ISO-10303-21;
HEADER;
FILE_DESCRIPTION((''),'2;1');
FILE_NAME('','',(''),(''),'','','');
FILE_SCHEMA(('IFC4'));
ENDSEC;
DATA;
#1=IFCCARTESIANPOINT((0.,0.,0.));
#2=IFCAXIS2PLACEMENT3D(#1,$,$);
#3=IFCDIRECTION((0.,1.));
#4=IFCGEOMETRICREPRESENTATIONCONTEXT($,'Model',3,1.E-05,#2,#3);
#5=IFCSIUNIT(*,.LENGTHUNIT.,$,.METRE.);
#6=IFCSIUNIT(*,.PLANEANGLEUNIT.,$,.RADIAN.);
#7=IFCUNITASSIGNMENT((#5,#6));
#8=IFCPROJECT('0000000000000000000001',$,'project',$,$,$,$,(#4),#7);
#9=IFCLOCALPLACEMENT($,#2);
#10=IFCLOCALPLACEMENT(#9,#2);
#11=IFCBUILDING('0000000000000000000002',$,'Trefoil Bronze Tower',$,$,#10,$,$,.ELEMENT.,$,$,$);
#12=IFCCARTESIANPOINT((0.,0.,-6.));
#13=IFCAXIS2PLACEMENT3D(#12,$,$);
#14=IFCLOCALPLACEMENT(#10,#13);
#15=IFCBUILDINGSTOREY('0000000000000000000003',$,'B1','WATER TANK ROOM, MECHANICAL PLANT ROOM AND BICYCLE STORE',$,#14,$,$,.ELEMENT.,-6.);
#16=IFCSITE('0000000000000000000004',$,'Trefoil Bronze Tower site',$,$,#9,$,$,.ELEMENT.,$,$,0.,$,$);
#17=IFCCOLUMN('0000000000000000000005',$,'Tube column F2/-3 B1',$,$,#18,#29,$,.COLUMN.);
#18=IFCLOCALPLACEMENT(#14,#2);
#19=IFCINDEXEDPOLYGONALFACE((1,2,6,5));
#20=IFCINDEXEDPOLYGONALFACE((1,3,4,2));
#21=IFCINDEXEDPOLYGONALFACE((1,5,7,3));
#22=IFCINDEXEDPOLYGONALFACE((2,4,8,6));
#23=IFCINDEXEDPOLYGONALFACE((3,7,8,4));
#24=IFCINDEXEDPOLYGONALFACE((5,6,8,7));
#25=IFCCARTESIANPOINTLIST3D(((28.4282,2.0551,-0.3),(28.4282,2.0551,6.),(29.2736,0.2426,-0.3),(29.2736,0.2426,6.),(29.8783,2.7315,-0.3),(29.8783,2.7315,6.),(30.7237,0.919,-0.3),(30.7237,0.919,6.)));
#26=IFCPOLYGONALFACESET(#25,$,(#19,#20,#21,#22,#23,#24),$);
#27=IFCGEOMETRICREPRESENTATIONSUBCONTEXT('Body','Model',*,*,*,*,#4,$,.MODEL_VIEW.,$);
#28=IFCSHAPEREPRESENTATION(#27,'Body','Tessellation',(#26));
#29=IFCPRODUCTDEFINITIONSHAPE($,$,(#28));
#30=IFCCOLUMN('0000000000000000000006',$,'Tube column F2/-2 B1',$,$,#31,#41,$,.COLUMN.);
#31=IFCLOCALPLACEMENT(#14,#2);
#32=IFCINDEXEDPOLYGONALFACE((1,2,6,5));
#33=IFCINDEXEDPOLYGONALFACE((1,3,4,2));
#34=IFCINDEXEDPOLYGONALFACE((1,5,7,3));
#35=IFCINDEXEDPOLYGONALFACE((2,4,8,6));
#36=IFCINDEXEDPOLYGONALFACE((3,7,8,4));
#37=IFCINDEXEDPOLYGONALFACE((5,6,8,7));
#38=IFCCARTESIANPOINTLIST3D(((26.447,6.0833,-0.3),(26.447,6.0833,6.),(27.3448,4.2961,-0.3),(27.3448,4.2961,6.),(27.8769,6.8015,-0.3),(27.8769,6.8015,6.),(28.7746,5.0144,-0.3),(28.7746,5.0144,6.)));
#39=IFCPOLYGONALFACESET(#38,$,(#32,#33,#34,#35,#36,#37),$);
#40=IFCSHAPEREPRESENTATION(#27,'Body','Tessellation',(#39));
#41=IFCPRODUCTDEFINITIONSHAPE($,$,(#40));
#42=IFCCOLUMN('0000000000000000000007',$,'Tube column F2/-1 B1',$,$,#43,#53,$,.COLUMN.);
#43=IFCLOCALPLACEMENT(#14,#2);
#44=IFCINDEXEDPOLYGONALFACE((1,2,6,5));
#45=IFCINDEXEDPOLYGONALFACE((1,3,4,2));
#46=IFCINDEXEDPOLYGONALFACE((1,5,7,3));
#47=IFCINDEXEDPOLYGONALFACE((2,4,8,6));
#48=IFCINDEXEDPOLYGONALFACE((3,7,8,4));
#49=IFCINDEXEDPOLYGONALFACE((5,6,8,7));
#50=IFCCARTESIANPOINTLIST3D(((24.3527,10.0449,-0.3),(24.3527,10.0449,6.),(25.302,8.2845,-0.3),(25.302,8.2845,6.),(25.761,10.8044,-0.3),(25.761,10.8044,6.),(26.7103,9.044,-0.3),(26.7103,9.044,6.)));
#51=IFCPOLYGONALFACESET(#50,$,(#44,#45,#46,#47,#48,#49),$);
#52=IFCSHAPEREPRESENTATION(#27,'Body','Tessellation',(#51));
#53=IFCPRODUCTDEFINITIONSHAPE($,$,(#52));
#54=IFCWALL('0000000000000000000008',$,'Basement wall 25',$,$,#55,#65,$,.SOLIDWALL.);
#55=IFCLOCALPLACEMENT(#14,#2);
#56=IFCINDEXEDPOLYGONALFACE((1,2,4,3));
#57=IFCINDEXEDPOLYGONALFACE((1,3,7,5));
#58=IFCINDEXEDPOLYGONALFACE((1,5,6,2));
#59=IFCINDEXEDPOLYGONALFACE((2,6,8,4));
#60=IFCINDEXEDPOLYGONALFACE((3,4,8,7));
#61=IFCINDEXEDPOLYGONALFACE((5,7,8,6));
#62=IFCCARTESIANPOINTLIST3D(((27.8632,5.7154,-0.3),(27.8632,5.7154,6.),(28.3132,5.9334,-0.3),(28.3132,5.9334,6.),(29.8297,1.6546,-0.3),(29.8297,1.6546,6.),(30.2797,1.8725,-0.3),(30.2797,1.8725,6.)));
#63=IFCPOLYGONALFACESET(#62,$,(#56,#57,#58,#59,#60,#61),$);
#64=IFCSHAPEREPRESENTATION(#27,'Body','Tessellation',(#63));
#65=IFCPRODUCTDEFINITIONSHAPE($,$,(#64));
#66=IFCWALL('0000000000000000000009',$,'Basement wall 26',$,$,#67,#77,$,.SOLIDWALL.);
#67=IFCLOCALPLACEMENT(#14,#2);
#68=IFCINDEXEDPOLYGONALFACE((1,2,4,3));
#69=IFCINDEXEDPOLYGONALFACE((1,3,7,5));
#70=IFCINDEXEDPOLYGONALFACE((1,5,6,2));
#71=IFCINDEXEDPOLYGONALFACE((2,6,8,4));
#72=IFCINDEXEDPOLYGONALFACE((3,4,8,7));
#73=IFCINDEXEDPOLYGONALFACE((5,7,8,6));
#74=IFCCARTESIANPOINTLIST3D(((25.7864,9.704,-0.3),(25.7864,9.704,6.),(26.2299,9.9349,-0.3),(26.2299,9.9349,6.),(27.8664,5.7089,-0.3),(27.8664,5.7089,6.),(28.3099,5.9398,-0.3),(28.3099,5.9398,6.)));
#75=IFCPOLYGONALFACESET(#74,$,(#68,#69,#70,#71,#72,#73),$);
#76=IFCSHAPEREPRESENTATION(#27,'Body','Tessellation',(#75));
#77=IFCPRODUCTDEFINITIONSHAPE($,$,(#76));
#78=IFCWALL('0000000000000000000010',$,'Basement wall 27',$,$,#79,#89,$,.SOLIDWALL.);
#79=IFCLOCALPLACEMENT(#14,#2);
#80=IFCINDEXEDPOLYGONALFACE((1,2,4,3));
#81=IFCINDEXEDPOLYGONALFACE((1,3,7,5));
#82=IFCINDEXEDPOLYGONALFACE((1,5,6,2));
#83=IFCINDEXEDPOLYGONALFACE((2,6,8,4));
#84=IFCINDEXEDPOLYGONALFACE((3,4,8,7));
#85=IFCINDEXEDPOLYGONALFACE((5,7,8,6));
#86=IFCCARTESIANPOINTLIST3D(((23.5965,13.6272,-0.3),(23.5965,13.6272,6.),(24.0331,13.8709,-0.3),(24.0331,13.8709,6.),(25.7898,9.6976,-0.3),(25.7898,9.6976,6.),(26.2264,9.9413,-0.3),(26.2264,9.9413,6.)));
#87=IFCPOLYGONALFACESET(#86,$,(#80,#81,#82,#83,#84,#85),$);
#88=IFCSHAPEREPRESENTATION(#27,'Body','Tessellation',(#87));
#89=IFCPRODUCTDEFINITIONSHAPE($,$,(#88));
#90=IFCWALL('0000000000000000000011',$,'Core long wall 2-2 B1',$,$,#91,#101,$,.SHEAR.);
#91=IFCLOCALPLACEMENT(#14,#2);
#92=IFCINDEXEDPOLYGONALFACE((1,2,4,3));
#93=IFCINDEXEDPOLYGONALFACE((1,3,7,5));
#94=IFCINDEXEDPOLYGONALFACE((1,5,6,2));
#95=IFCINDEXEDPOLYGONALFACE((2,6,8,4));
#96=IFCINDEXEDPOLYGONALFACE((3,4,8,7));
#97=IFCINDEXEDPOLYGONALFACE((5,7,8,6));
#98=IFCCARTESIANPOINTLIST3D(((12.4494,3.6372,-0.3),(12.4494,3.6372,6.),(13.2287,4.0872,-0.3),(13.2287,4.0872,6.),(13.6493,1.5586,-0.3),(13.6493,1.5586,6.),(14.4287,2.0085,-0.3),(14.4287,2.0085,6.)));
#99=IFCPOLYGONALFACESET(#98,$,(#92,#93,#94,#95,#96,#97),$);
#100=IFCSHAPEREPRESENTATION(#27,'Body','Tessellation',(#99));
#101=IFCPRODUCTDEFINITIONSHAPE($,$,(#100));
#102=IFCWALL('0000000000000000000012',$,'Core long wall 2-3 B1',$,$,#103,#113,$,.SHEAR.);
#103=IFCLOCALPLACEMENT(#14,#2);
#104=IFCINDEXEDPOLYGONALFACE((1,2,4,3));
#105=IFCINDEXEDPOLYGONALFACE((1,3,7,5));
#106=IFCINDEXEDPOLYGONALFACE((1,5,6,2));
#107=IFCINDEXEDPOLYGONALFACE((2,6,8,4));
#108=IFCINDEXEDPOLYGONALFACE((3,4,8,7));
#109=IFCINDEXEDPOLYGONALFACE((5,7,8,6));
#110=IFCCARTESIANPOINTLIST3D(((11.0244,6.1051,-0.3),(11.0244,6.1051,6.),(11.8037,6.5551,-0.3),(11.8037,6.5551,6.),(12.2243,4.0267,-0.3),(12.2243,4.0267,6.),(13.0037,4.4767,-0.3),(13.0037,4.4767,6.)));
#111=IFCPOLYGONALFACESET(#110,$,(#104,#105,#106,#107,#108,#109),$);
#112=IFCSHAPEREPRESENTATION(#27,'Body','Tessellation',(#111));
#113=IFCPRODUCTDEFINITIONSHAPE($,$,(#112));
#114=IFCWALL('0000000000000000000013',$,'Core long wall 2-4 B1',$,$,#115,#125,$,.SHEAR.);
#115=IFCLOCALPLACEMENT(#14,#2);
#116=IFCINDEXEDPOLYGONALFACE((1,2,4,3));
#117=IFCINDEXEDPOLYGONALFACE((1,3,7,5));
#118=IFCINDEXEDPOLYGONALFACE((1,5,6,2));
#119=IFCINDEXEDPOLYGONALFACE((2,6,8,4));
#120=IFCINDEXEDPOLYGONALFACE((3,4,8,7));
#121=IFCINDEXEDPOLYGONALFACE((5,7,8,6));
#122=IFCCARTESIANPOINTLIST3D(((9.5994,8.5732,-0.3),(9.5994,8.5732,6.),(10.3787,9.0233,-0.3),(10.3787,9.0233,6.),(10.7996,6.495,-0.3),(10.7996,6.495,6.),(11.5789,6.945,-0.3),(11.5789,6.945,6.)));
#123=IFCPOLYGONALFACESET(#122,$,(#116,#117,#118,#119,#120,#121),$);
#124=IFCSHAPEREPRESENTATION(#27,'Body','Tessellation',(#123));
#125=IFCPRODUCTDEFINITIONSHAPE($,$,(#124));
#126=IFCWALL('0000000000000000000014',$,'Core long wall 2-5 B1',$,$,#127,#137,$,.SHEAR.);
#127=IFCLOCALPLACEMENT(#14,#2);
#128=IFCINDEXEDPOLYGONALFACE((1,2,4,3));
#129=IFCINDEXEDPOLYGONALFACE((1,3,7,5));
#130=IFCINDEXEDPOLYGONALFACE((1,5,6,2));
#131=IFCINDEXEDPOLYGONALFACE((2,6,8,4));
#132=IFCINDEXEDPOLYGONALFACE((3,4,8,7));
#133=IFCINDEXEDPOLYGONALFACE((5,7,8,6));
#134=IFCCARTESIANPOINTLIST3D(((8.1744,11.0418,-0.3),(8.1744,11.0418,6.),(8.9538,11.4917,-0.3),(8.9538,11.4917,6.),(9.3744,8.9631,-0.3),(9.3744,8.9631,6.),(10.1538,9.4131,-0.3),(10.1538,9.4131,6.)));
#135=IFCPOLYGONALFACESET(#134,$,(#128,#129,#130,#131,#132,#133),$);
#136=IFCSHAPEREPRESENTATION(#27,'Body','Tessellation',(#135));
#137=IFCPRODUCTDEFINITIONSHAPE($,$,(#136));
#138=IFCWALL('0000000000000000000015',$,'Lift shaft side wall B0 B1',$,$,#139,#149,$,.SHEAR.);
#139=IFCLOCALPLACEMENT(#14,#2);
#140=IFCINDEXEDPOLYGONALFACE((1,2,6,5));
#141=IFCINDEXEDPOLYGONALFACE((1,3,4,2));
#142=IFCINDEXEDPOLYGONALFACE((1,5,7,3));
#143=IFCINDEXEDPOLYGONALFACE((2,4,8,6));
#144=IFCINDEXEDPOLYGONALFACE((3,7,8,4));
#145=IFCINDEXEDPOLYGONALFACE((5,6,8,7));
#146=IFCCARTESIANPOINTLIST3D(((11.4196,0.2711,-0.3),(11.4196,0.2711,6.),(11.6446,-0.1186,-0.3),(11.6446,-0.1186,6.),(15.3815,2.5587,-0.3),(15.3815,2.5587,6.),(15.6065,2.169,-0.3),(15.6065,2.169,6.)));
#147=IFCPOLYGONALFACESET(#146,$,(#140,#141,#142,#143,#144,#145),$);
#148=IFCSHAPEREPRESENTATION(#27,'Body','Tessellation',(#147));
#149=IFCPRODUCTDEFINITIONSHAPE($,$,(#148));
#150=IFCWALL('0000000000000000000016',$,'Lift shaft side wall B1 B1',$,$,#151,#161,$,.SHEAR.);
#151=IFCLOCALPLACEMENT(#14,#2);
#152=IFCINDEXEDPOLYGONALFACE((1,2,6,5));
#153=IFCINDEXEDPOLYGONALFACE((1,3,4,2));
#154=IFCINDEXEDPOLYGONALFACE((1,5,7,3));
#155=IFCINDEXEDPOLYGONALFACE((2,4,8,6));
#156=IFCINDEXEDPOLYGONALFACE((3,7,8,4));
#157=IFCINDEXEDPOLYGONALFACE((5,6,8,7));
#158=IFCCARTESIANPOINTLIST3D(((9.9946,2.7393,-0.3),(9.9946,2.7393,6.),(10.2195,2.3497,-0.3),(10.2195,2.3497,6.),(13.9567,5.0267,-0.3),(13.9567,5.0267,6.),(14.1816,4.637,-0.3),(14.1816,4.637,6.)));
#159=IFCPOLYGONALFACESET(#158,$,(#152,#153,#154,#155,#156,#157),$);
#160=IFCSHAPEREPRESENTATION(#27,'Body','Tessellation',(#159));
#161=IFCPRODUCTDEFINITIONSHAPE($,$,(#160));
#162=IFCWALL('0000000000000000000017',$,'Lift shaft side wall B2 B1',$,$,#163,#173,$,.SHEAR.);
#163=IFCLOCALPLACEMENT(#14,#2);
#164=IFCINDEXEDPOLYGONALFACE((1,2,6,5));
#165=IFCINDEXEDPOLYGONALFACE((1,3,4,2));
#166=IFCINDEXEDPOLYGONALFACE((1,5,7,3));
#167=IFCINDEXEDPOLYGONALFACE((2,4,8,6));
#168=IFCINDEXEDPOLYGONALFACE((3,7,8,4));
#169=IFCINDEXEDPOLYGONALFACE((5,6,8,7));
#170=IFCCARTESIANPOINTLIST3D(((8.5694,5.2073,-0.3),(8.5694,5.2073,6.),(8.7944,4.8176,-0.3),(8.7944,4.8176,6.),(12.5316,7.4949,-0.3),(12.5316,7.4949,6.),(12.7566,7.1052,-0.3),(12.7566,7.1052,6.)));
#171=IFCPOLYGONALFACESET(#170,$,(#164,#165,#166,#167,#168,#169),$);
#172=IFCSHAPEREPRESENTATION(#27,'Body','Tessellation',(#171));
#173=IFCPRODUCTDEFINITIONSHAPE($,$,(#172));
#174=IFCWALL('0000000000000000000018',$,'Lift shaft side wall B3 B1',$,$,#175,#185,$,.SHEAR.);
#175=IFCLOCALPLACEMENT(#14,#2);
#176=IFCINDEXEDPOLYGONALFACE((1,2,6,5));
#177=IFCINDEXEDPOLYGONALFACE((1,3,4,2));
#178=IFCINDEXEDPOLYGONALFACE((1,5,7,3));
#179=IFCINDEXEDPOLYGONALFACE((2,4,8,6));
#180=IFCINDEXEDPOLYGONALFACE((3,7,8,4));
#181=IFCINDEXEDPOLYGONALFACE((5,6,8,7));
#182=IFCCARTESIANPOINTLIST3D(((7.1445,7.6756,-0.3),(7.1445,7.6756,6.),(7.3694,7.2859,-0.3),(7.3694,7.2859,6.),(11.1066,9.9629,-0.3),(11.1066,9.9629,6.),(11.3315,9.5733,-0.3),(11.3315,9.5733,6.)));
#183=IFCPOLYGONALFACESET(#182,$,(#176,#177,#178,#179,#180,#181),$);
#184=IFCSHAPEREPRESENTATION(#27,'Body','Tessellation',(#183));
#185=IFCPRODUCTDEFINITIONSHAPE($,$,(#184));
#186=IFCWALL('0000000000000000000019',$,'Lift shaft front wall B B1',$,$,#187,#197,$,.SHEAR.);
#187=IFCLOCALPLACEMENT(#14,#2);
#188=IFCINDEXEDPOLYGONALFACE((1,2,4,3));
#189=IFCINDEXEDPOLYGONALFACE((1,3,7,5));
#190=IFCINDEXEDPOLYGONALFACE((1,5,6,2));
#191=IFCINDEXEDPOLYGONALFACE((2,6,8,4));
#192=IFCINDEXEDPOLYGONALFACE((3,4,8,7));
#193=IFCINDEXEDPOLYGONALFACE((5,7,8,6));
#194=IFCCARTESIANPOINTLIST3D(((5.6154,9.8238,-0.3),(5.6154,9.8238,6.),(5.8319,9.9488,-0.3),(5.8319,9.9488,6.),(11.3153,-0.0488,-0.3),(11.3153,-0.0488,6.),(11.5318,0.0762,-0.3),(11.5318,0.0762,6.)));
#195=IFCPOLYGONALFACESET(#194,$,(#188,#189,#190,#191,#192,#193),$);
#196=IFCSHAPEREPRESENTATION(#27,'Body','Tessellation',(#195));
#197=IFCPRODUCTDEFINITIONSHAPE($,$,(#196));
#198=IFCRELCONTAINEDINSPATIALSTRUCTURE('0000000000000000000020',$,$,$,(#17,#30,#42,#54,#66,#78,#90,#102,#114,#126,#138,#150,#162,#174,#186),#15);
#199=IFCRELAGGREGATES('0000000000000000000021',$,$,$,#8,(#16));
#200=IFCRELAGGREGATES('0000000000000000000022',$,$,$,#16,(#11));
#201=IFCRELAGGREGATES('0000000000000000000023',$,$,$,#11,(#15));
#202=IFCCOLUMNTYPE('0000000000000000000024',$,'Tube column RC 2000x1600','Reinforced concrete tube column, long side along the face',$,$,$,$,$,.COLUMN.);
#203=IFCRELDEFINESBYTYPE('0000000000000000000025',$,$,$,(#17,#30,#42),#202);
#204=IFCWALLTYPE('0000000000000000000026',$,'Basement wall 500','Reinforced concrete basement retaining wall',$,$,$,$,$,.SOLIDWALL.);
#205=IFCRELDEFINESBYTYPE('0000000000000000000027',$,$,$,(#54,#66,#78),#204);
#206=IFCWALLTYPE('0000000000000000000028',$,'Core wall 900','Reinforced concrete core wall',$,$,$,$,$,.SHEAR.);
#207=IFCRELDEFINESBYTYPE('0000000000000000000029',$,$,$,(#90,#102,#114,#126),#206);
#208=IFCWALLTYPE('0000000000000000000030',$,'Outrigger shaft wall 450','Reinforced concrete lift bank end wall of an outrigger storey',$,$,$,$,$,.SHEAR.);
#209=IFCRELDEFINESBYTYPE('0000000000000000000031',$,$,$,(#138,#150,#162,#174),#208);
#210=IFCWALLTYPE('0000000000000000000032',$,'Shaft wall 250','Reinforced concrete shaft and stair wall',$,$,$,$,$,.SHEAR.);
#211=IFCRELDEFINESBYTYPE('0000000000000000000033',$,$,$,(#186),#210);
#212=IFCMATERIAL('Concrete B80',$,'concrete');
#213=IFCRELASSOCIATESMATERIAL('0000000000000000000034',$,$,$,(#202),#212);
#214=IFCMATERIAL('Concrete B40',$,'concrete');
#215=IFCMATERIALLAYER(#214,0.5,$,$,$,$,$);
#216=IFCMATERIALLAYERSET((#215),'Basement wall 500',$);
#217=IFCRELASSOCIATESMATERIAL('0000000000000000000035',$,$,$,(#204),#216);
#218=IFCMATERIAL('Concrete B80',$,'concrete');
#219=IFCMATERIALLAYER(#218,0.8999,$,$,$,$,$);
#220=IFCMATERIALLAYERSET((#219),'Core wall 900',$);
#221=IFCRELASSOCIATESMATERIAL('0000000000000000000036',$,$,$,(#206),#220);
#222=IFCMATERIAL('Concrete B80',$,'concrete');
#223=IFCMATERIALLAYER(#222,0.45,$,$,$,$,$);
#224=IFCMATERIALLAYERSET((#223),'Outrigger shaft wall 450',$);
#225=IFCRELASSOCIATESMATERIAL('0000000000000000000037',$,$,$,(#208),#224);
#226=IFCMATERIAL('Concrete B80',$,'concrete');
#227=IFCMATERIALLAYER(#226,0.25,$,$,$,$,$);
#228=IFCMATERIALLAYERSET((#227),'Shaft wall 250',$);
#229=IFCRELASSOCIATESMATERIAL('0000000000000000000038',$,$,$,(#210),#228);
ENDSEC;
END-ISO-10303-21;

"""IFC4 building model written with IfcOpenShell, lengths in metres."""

from ifc_helpers import new_model, si_unit, direction, frame, frame_2d, origin, origin_2d, place, context, subcontext, project, spatial, rectangle, extrude, material, layer, layer_set, material_profile, profile_set, type_object, element, save


model = new_model("IFC4")

# Units and contexts
model_context = context("Model", 3, precision=1e-05, world=origin(), true_north=direction((0.0, 1.0)))
body_context = subcontext(model_context, "Body", "Model", "MODEL_VIEW")
ifc_project = project(units=[si_unit("LENGTHUNIT", "METRE"), si_unit("PLANEANGLEUNIT", "RADIAN")], contexts=[model_context])

# Site, building, storey
site_placement = place(None, origin())
site = spatial("IfcSite", under=ifc_project, at=site_placement, Name="Trefoil Bronze Tower site", CompositionType="ELEMENT", RefElevation=0.0)
building_placement = place(site_placement, origin())
building = spatial("IfcBuilding", under=site, at=building_placement, Name="Trefoil Bronze Tower", CompositionType="ELEMENT")
storey_placement = place(building_placement, frame((0.0, 0.0, -6.0)))
storey = spatial("IfcBuildingStorey", under=building, at=storey_placement, Name="B1", Description="WATER TANK ROOM, MECHANICAL PLANT ROOM AND BICYCLE STORE", CompositionType="ELEMENT", Elevation=-6.0)

# Columns
ifc_material_1 = material(Name="Concrete B80", Category="concrete")
ifc_material_profile = material_profile(ifc_material_1, rectangle(XDim=2.0, YDim=1.6001, at=origin_2d()), Name="RC 2000x1600")
ifc_profile_set = profile_set([ifc_material_profile], Name="Concrete B80")
column_type = type_object("IfcColumnType", Name="Tube column RC 2000x1600", Description="Reinforced concrete tube column, long side along the face", PredefinedType="COLUMN", material=ifc_profile_set)
for number, where, z_axis, x_axis, name in (
    (1, (29.5759, 1.4871, -0.3), (0.0, 0.0, 1.0), (-0.422701, 0.906269, 0.0), "Tube column F2/-3 B1"),
    (2, (27.6108, 5.5488, -0.3), (0.0, 0.0, 1.0), (-0.44889, 0.893587, 0.0), "Tube column F2/-2 B1"),
    (3, (25.5315, 9.5444, -0.3), (0.0, 0.0, 1.0), (-0.474656, 0.880171, 0.0), "Tube column F2/-1 B1"),
):
    element("IfcColumn", number, at=place(storey_placement, frame(where, z_axis=z_axis, x_axis=x_axis)), inside=storey, type_object=column_type, Name=name, PredefinedType="COLUMN", context=body_context, shape_type="SweptSolid", body=[
        extrude(rectangle(XDim=2.0, YDim=1.6001, at=origin_2d()), origin(), (0.0, 0.0, 1.0), 6.3),
    ])

# Walls
ifc_material_2 = material(Name="Concrete B40", Category="concrete")
ifc_layer_1 = layer(ifc_material_2, 0.5)
ifc_layer_set_1 = layer_set([ifc_layer_1], Name="Basement wall 500")
wall_type_1 = type_object("IfcWallType", Name="Basement wall 500", Description="Reinforced concrete basement retaining wall", PredefinedType="SOLIDWALL", material=ifc_layer_set_1)
wall_1_placement = place(storey_placement, frame((30.0547, 1.7637, -0.3), z_axis=(0.0, 0.0, 1.0), x_axis=(-0.435858, 0.900015, 0.0)))
element("IfcWall", 4, at=wall_1_placement, inside=storey, type_object=wall_type_1, Name="Basement wall 25", PredefinedType="SOLIDWALL", context=body_context, shape_type="SweptSolid", body=[
    extrude(rectangle(XDim=4.512, YDim=0.5, at=frame_2d((2.2559, 0.0))), origin(), (0.0, 0.0, 1.0), 6.3),
])
wall_2_placement = place(storey_placement, frame((28.0881, 5.8245, -0.3), z_axis=(0.0, 0.0, 1.0), x_axis=(-0.46181, 0.886979, 0.0)))
element("IfcWall", 5, at=wall_2_placement, inside=storey, type_object=wall_type_1, Name="Basement wall 26", PredefinedType="SOLIDWALL", context=body_context, shape_type="SweptSolid", body=[
    extrude(rectangle(XDim=4.5042, YDim=0.5, at=frame_2d((2.252, 0.0))), origin(), (0.0, 0.0, 1.0), 6.3),
])
wall_3_placement = place(storey_placement, frame((26.0081, 9.8196, -0.3), z_axis=(0.0, 0.0, 1.0), x_axis=(-0.487374, 0.873193, 0.0)))
element("IfcWall", 6, at=wall_3_placement, inside=storey, type_object=wall_type_1, Name="Basement wall 27", PredefinedType="SOLIDWALL", context=body_context, shape_type="SweptSolid", body=[
    extrude(rectangle(XDim=4.5002, YDim=0.5, at=frame_2d((2.25, 0.0))), origin(), (0.0, 0.0, 1.0), 6.3),
])
ifc_material_3 = material(Name="Concrete B80", Category="concrete")
ifc_layer_2 = layer(ifc_material_3, 0.8999)
ifc_layer_set_2 = layer_set([ifc_layer_2], Name="Core wall 900")
wall_type_2 = type_object("IfcWallType", Name="Core wall 900", Description="Reinforced concrete core wall", PredefinedType="SHEAR", material=ifc_layer_set_2)
wall_4_placement = place(storey_placement, frame((14.0391, 1.7834, -0.3), z_axis=(0.0, 0.0, 1.0), x_axis=(-0.499957, 0.86605, 0.0)))
element("IfcWall", 7, at=wall_4_placement, inside=storey, type_object=wall_type_2, Name="Core long wall 2-2 B1", PredefinedType="SHEAR", context=body_context, shape_type="SweptSolid", body=[
    extrude(rectangle(XDim=2.4001, YDim=0.8999, at=frame_2d((1.2002, 0.0))), origin(), (0.0, 0.0, 1.0), 6.3),
])
for number, where, z_axis, x_axis, name in (
    (8, (12.614, 4.2517, -0.3), (0.0, 0.0, 1.0), (-0.500001, 0.866025, 0.0), "Core long wall 2-3 B1"),
    (9, (11.1892, 6.72, -0.3), (0.0, 0.0, 1.0), (-0.500078, 0.865981, 0.0), "Core long wall 2-4 B1"),
):
    element("IfcWall", number, at=place(storey_placement, frame(where, z_axis=z_axis, x_axis=x_axis)), inside=storey, type_object=wall_type_2, Name=name, PredefinedType="SHEAR", context=body_context, shape_type="SweptSolid", body=[
        extrude(rectangle(XDim=2.3999, YDim=0.8999, at=frame_2d((1.2, 0.0))), origin(), (0.0, 0.0, 1.0), 6.3),
    ])
wall_5_placement = place(storey_placement, frame((9.7642, 9.188, -0.3), z_axis=(0.0, 0.0, 1.0), x_axis=(-0.499957, 0.86605, 0.0)))
element("IfcWall", 10, at=wall_5_placement, inside=storey, type_object=wall_type_2, Name="Core long wall 2-5 B1", PredefinedType="SHEAR", context=body_context, shape_type="SweptSolid", body=[
    extrude(rectangle(XDim=2.4001, YDim=0.8999, at=frame_2d((1.2002, 0.0))), origin(), (0.0, 0.0, 1.0), 6.3),
])
ifc_material_4 = material(Name="Concrete B80", Category="concrete")
ifc_layer_3 = layer(ifc_material_4, 0.45)
ifc_layer_set_3 = layer_set([ifc_layer_3], Name="Outrigger shaft wall 450")
wall_type_3 = type_object("IfcWallType", Name="Outrigger shaft wall 450", Description="Reinforced concrete lift bank end wall of an outrigger storey", PredefinedType="SHEAR", material=ifc_layer_set_3)
for number, where, z_axis, x_axis, name in (
    (11, (11.532, 0.0762, -0.3), (0.0, 0.0, 1.0), (0.866008, 0.50003, 0.0), "Lift shaft side wall B0 B1"),
    (12, (10.1069, 2.5444, -0.3), (0.0, 0.0, 1.0), (0.866044, 0.499967, 0.0), "Lift shaft side wall B1 B1"),
):
    element("IfcWall", number, at=place(storey_placement, frame(where, z_axis=z_axis, x_axis=x_axis)), inside=storey, type_object=wall_type_3, Name=name, PredefinedType="SHEAR", context=body_context, shape_type="SweptSolid", body=[
        extrude(rectangle(XDim=4.575, YDim=0.45, at=frame_2d((2.2876, 0.0))), origin(), (0.0, 0.0, 1.0), 6.3),
    ])
wall_6_placement = place(storey_placement, frame((8.6819, 5.0125, -0.3), z_axis=(0.0, 0.0, 1.0), x_axis=(0.866021, 0.500007, 0.0)))
element("IfcWall", 13, at=wall_6_placement, inside=storey, type_object=wall_type_3, Name="Lift shaft side wall B2 B1", PredefinedType="SHEAR", context=body_context, shape_type="SweptSolid", body=[
    extrude(rectangle(XDim=4.5752, YDim=0.45, at=frame_2d((2.2876, 0.0))), origin(), (0.0, 0.0, 1.0), 6.3),
])
wall_7_placement = place(storey_placement, frame((7.2568, 7.4807, -0.3), z_axis=(0.0, 0.0, 1.0), x_axis=(0.866044, 0.499967, 0.0)))
element("IfcWall", 14, at=wall_7_placement, inside=storey, type_object=wall_type_3, Name="Lift shaft side wall B3 B1", PredefinedType="SHEAR", context=body_context, shape_type="SweptSolid", body=[
    extrude(rectangle(XDim=4.575, YDim=0.45, at=frame_2d((2.2876, 0.0))), origin(), (0.0, 0.0, 1.0), 6.3),
])
ifc_material_5 = material(Name="Concrete B80", Category="concrete")
ifc_layer_4 = layer(ifc_material_5, 0.25)
ifc_layer_set_4 = layer_set([ifc_layer_4], Name="Shaft wall 250")
wall_type_4 = type_object("IfcWallType", Name="Shaft wall 250", Description="Reinforced concrete shaft and stair wall", PredefinedType="SHEAR", material=ifc_layer_set_4)
wall_8_placement = place(storey_placement, frame((11.4236, 0.0137, -0.3), z_axis=(0.0, 0.0, 1.0), x_axis=(-0.500002, 0.866024, 0.0)))
element("IfcWall", 15, at=wall_8_placement, inside=storey, type_object=wall_type_4, Name="Lift shaft front wall B B1", PredefinedType="SHEAR", context=body_context, shape_type="SweptSolid", body=[
    extrude(rectangle(XDim=11.3999, YDim=0.25, at=frame_2d((5.7, 0.0))), origin(), (0.0, 0.0, 1.0), 6.3),
])

save(model, "model.ifc")
